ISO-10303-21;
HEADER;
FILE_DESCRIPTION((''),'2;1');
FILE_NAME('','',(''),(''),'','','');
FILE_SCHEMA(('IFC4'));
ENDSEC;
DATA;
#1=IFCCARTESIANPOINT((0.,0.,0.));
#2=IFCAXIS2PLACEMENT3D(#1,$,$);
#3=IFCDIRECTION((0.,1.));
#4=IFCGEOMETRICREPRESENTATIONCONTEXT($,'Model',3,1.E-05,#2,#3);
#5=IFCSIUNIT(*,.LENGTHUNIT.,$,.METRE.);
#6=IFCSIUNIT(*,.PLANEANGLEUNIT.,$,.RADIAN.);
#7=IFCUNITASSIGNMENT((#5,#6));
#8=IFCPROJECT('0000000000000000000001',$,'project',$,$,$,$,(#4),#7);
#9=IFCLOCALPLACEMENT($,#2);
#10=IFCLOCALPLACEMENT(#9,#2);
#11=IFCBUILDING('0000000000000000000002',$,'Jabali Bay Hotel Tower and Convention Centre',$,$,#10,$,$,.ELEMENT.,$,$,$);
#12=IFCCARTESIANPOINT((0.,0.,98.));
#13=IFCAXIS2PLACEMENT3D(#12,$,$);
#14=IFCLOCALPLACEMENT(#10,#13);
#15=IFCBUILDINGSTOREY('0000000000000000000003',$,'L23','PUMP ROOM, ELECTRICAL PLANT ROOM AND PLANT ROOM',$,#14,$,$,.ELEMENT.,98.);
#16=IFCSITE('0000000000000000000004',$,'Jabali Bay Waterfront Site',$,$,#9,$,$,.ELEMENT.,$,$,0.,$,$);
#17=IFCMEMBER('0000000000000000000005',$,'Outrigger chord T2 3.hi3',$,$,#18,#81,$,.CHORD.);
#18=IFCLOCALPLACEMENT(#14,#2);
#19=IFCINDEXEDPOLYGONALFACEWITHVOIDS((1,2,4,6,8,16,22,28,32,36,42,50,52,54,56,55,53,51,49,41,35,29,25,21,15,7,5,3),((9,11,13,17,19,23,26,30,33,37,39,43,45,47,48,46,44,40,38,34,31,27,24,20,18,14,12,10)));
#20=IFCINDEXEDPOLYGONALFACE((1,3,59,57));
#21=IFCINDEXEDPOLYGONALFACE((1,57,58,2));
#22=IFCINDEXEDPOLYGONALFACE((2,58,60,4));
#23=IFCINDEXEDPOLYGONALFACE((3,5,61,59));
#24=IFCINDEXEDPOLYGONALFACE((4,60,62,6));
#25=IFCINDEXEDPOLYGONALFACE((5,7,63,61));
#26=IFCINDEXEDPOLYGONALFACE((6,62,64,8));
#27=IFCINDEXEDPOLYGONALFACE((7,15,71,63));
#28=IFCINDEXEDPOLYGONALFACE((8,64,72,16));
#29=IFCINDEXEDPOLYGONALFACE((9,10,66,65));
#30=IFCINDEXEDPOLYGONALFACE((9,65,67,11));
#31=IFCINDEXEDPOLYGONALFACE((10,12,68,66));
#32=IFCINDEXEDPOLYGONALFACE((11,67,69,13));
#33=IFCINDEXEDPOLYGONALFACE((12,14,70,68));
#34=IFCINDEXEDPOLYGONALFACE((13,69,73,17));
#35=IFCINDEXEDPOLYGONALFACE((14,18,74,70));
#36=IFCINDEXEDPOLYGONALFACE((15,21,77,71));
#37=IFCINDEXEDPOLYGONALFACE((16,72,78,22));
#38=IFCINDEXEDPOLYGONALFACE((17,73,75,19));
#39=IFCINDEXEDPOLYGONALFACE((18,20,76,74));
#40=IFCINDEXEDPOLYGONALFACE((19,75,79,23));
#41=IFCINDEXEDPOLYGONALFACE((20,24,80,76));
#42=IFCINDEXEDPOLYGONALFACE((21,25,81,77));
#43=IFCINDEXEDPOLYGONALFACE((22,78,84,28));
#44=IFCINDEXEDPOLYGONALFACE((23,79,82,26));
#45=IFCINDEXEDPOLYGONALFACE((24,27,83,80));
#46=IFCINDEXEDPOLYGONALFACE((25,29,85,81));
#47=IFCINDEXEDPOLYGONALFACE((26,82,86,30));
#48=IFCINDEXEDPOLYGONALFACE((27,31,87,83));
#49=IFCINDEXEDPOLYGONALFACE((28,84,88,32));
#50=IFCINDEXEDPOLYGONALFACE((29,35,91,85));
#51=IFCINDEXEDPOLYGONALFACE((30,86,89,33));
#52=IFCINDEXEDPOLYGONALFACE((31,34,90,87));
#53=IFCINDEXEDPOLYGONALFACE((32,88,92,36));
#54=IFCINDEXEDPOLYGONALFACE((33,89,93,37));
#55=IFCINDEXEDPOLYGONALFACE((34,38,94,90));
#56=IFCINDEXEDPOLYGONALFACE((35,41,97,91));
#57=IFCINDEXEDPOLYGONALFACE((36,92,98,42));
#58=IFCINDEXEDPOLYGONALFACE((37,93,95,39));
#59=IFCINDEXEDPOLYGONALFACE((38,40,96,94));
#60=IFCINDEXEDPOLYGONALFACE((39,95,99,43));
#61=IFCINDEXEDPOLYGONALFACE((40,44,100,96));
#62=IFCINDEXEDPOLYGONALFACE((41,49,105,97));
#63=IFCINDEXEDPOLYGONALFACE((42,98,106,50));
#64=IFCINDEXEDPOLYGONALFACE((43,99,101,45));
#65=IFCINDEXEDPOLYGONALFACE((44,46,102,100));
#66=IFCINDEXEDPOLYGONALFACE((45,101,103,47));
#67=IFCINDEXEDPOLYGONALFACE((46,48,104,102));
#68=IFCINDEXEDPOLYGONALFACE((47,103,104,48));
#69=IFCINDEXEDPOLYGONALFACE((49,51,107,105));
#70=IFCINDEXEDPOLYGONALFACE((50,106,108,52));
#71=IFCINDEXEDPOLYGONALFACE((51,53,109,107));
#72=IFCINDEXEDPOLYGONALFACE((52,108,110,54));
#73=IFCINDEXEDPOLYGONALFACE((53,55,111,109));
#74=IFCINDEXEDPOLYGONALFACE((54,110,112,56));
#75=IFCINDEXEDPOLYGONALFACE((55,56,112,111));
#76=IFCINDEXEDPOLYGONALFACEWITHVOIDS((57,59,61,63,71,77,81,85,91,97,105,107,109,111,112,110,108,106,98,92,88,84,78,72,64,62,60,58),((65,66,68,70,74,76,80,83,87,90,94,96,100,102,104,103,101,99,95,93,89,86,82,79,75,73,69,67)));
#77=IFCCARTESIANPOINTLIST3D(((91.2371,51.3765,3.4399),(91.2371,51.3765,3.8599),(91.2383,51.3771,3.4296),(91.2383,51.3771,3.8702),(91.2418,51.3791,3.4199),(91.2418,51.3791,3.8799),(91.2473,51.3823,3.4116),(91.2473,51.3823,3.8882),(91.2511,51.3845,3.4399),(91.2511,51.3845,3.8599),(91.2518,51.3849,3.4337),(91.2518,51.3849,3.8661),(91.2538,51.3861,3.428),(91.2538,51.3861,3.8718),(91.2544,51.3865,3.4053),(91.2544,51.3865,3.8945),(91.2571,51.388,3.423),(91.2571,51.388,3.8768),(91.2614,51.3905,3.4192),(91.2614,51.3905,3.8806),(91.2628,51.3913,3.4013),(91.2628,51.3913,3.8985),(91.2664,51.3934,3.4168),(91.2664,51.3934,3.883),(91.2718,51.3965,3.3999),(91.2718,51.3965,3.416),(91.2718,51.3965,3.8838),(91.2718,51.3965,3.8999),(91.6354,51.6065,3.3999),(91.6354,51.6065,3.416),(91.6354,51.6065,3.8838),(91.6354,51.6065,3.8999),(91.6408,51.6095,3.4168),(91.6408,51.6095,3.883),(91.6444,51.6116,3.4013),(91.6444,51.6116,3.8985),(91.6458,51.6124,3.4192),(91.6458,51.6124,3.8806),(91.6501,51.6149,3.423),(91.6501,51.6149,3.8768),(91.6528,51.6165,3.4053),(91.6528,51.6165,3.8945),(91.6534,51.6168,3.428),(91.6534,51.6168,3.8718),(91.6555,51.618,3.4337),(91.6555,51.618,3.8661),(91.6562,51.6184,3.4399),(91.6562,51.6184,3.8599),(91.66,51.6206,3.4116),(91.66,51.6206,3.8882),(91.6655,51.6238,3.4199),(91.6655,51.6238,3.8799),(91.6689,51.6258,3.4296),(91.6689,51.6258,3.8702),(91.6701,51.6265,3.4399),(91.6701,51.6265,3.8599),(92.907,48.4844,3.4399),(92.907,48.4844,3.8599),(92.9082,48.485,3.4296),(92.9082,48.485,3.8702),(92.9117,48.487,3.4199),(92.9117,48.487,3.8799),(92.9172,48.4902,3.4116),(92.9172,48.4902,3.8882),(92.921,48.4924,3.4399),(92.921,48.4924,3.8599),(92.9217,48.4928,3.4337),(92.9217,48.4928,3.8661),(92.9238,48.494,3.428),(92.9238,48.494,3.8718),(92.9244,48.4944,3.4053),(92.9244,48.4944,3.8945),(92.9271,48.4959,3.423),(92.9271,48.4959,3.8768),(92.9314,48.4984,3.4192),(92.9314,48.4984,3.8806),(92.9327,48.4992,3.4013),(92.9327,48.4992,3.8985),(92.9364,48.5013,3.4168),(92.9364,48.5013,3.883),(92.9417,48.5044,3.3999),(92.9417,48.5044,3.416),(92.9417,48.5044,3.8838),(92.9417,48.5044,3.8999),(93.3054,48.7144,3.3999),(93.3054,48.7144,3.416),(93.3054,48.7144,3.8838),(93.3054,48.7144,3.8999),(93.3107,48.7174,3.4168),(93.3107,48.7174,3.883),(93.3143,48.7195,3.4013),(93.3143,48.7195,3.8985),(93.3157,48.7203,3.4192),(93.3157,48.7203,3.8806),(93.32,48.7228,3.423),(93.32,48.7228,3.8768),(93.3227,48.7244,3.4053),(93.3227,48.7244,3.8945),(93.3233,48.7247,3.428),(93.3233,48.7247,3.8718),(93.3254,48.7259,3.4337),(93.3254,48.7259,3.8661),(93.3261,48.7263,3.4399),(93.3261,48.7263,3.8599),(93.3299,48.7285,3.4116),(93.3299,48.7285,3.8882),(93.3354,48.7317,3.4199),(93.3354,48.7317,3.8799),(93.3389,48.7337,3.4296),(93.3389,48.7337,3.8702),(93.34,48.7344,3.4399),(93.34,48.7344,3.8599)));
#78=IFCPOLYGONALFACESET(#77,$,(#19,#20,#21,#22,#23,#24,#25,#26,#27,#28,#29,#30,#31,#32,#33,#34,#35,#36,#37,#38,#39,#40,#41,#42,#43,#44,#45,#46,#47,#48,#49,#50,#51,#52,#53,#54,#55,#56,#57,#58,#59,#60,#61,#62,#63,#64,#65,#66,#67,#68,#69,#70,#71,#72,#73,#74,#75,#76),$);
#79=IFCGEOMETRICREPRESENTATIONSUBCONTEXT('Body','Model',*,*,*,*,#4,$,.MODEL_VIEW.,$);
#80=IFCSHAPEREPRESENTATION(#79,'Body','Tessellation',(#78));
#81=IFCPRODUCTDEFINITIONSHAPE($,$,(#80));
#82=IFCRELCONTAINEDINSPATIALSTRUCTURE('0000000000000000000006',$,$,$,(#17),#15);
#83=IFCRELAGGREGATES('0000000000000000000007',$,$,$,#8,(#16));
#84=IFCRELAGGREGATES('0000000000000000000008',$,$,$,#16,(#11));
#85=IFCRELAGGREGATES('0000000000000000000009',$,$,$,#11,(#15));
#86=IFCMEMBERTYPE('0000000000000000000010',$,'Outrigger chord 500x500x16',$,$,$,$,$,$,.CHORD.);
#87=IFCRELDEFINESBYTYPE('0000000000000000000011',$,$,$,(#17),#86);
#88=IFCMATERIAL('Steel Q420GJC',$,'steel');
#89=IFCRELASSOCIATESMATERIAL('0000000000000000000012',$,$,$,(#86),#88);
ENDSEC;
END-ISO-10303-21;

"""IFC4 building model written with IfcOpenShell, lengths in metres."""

from ifc_helpers import new_model, si_unit, direction, frame, origin, origin_2d, place, context, subcontext, project, spatial, hollow_rectangle, extrude, material, material_profile, profile_set, type_object, element, save


model = new_model("IFC4")

# Units and contexts
model_context = context("Model", 3, precision=1e-05, world=origin(), true_north=direction((0.0, 1.0)))
body_context = subcontext(model_context, "Body", "Model", "MODEL_VIEW")
ifc_project = project(units=[si_unit("LENGTHUNIT", "METRE"), si_unit("PLANEANGLEUNIT", "RADIAN")], contexts=[model_context])

# Site, building, storey
site_placement = place(None, origin())
site = spatial("IfcSite", under=ifc_project, at=site_placement, Name="Jabali Bay Waterfront Site", CompositionType="ELEMENT", RefElevation=0.0)
building_placement = place(site_placement, origin())
building = spatial("IfcBuilding", under=site, at=building_placement, Name="Jabali Bay Hotel Tower and Convention Centre", CompositionType="ELEMENT")
storey_placement = place(building_placement, frame((0.0, 0.0, 98.0)))
storey = spatial("IfcBuildingStorey", under=building, at=storey_placement, Name="L23", Description="PUMP ROOM, ELECTRICAL PLANT ROOM AND PLANT ROOM", CompositionType="ELEMENT", Elevation=98.0)

# Member
ifc_material_1 = material(Name="Steel Q420GJC", Category="steel")
ifc_material_profile_1 = material_profile(ifc_material_1, hollow_rectangle(XDim=0.5, YDim=0.5, WallThickness=0.0161, InnerFilletRadius=0.0239, OuterFilletRadius=0.04, at=origin_2d()), Name="Outrigger chord 500x500x16")
ifc_profile_set_1 = profile_set([ifc_material_profile_1], Name="Steel Q420GJC")
member_type_1 = type_object("IfcMemberType", Name="Outrigger chord 500x500x16", PredefinedType="CHORD", material=ifc_profile_set_1)
member_1_placement = place(storey_placement, frame((91.4536, 51.5015, 3.6499), z_axis=(0.500039, -0.866003, 0.0), x_axis=(0.866003, 0.500039, 0.0)))
element("IfcMember", 1, at=member_1_placement, inside=storey, type_object=member_type_1, Name="Outrigger chord T2 3.hi3", PredefinedType="CHORD", context=body_context, shape_type="SweptSolid", body=[
    extrude(hollow_rectangle(XDim=0.5, YDim=0.5, WallThickness=0.0161, InnerFilletRadius=0.0239, OuterFilletRadius=0.04, at=origin_2d()), origin(), (0.0, 0.0, 1.0), 3.3396),
])

save(model, "model.ifc")
